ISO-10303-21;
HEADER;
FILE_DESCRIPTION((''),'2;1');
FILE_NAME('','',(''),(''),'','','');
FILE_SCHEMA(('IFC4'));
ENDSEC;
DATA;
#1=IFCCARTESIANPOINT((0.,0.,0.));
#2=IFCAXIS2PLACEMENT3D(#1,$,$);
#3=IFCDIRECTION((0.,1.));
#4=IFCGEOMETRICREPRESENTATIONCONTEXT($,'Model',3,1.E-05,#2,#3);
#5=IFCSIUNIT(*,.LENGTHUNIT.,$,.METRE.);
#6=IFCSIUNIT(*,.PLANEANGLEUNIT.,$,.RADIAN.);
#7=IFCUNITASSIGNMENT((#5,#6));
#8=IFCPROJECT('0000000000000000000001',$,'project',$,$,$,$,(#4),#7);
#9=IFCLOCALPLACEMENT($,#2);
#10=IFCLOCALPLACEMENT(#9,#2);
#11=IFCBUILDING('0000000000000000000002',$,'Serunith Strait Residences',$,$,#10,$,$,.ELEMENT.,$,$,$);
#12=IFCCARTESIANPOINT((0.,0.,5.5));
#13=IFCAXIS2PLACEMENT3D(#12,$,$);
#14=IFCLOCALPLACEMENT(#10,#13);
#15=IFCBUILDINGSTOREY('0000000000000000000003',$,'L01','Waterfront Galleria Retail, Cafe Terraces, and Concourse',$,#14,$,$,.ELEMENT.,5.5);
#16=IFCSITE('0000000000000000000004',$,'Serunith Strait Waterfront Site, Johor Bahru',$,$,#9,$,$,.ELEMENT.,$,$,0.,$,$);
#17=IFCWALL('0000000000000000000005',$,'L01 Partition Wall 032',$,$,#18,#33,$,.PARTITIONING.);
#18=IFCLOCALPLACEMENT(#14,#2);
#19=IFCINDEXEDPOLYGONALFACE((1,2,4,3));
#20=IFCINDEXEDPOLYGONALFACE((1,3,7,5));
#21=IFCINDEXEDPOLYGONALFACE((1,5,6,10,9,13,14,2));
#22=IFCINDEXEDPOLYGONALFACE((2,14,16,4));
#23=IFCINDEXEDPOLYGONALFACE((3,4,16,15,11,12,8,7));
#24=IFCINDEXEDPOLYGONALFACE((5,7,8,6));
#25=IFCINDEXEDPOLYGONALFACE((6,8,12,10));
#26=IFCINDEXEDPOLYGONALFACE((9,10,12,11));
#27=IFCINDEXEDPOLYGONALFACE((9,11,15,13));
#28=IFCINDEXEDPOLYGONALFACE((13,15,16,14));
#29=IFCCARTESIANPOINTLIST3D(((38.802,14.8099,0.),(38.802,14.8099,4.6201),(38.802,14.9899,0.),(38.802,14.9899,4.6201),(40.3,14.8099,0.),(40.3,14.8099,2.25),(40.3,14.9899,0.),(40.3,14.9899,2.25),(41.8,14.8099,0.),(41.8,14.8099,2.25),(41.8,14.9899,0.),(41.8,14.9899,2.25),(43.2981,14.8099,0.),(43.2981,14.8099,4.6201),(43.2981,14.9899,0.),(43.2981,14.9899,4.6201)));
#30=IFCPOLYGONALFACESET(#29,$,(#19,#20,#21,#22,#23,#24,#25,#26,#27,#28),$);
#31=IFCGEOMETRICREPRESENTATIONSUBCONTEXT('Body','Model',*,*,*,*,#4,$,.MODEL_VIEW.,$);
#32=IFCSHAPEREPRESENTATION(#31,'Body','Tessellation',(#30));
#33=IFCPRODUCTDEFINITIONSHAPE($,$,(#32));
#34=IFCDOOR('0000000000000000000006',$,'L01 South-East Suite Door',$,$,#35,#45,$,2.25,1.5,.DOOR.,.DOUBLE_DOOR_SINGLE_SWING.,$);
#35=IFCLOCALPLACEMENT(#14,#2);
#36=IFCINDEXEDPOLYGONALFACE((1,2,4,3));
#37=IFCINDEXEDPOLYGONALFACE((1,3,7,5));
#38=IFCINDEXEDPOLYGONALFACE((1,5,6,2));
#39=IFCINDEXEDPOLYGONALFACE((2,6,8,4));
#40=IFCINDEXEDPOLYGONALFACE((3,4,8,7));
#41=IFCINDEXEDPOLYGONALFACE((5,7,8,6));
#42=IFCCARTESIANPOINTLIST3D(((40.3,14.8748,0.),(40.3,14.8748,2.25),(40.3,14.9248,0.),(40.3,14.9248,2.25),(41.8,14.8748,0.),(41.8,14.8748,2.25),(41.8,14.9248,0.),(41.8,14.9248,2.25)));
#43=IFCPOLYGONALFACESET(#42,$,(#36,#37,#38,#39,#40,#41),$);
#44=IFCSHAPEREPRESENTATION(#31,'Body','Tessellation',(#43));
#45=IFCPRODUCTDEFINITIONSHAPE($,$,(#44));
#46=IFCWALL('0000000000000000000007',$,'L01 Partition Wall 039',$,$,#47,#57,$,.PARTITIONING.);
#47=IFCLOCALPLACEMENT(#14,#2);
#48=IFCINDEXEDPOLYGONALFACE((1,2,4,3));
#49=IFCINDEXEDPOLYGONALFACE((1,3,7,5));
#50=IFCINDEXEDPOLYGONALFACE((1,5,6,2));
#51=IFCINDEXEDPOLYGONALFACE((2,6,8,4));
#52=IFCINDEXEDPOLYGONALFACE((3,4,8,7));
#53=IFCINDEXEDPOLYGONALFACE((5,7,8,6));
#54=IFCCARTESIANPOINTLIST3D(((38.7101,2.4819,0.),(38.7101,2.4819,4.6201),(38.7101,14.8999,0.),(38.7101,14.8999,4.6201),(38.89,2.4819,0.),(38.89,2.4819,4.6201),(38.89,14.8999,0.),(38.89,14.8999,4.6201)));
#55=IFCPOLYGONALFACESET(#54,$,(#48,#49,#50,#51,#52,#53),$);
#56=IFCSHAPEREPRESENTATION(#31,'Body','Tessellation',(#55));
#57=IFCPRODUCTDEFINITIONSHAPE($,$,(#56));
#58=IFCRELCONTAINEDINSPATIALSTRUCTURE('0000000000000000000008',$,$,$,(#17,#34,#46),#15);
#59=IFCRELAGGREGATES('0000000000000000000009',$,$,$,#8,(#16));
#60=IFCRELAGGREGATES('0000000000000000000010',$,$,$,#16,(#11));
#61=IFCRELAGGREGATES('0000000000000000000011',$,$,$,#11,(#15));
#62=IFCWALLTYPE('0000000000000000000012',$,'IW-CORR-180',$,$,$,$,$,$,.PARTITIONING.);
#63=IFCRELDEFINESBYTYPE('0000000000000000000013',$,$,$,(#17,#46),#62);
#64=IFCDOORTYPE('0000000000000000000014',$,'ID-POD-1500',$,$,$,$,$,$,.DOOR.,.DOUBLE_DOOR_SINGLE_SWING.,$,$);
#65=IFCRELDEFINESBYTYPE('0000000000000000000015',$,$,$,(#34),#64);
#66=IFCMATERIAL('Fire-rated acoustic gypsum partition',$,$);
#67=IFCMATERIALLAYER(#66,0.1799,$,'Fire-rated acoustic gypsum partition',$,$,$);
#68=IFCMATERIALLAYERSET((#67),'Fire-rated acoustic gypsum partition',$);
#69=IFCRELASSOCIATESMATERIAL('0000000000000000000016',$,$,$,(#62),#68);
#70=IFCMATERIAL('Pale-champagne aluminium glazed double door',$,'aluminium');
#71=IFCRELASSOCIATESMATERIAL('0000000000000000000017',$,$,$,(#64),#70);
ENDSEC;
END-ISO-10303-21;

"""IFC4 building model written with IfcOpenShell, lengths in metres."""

from ifc_helpers import new_model, si_unit, direction, frame, frame_2d, origin, place, context, subcontext, project, spatial, rectangle, extrude, source, transform, mapped, material, layer, layer_set, type_object, element, fill, save


model = new_model("IFC4")

# Units and contexts
model_context = context("Model", 3, precision=1e-05, world=origin(), true_north=direction((0.0, 1.0)))
body_context = subcontext(model_context, "Body", "Model", "MODEL_VIEW")
ifc_project = project(units=[si_unit("LENGTHUNIT", "METRE"), si_unit("PLANEANGLEUNIT", "RADIAN")], contexts=[model_context])

# Site, building, storey
site_placement = place(None, origin())
site = spatial("IfcSite", under=ifc_project, at=site_placement, Name="Serunith Strait Waterfront Site, Johor Bahru", CompositionType="ELEMENT", RefElevation=0.0)
building_placement = place(site_placement, origin())
building = spatial("IfcBuilding", under=site, at=building_placement, Name="Serunith Strait Residences", CompositionType="ELEMENT")
storey_placement = place(building_placement, frame((0.0, 0.0, 5.5)))
storey = spatial("IfcBuildingStorey", under=building, at=storey_placement, Name="L01", Description="Waterfront Galleria Retail, Cafe Terraces, and Concourse", CompositionType="ELEMENT", Elevation=5.5)

# Shared definitions
ifc_material_1 = material(Name="Fire-rated acoustic gypsum partition")
ifc_layer_1 = layer(ifc_material_1, 0.1799, Name="Fire-rated acoustic gypsum partition")
ifc_layer_set_1 = layer_set([ifc_layer_1], Name="Fire-rated acoustic gypsum partition")
wall_type_1 = type_object("IfcWallType", Name="IW-CORR-180", PredefinedType="PARTITIONING", material=ifc_layer_set_1)

# Wall, opening, door
ifc_material_2 = material(Name="Pale-champagne aluminium glazed double door", Category="aluminium")
door_type = type_object("IfcDoorType", Name="ID-POD-1500", OperationType="DOUBLE_DOOR_SINGLE_SWING", PredefinedType="DOOR", material=ifc_material_2)
shared_shape_1 = source(origin(), body_context, "Body", "SweptSolid", [
    extrude(rectangle(XDim=1.5, YDim=2.25, at=frame_2d((0.75, 1.125))), frame((0.0, 0.0249, 0.0), z_axis=(0.0, -1.0, 0.0), x_axis=(1.0, 0.0, 0.0)), (0.0, 0.0, 1.0), 0.05),
])
wall_1_placement = place(storey_placement, frame((38.802, 14.8999, 0.0), z_axis=(0.0, 0.0, 1.0), x_axis=(1.0, 0.0, 0.0)))
wall_1 = element("IfcWall", 1, at=wall_1_placement, inside=storey, type_object=wall_type_1, Name="L01 Partition Wall 032", PredefinedType="PARTITIONING", context=body_context, shape_type="SweptSolid", body=[
    extrude(rectangle(XDim=4.4961, YDim=0.1799, at=frame_2d((2.248, 0.0))), origin(), (0.0, 0.0, 1.0), 4.6201),
])
opening_1_placement = place(wall_1_placement, frame((1.498, 0.0, 0.0)))
opening_1 = element("IfcOpeningElement", 2, at=opening_1_placement, cuts=wall_1, PredefinedType="OPENING", context=body_context, shape_type="SweptSolid", body=[
    extrude(rectangle(XDim=1.5, YDim=2.25, at=frame_2d((0.75, 1.125))), frame((0.0, 0.1001, 0.0), z_axis=(0.0, -1.0, 0.0), x_axis=(1.0, 0.0, 0.0)), (0.0, 0.0, 1.0), 0.2),
])
door_1_placement = place(opening_1_placement, origin())
door_1 = element("IfcDoor", 3, at=door_1_placement, inside=storey, type_object=door_type, Name="L01 South-East Suite Door", OperationType="DOUBLE_DOOR_SINGLE_SWING", OverallHeight=2.25, OverallWidth=1.5, PredefinedType="DOOR", context=body_context, shape_type="MappedRepresentation", body=[
    mapped(shared_shape_1, transform((0.0, 0.0, 0.0), scale=1.0)),
])
fill(opening_1, door_1)

# Wall
wall_2_placement = place(storey_placement, frame((38.8, 2.4819, 0.0), z_axis=(0.0, 0.0, 1.0), x_axis=(0.0, 1.0, 0.0)))
element("IfcWall", 4, at=wall_2_placement, inside=storey, type_object=wall_type_1, Name="L01 Partition Wall 039", PredefinedType="PARTITIONING", context=body_context, shape_type="SweptSolid", body=[
    extrude(rectangle(XDim=12.418, YDim=0.1799, at=frame_2d((6.209, 0.0))), origin(), (0.0, 0.0, 1.0), 4.6201),
])

save(model, "model.ifc")
